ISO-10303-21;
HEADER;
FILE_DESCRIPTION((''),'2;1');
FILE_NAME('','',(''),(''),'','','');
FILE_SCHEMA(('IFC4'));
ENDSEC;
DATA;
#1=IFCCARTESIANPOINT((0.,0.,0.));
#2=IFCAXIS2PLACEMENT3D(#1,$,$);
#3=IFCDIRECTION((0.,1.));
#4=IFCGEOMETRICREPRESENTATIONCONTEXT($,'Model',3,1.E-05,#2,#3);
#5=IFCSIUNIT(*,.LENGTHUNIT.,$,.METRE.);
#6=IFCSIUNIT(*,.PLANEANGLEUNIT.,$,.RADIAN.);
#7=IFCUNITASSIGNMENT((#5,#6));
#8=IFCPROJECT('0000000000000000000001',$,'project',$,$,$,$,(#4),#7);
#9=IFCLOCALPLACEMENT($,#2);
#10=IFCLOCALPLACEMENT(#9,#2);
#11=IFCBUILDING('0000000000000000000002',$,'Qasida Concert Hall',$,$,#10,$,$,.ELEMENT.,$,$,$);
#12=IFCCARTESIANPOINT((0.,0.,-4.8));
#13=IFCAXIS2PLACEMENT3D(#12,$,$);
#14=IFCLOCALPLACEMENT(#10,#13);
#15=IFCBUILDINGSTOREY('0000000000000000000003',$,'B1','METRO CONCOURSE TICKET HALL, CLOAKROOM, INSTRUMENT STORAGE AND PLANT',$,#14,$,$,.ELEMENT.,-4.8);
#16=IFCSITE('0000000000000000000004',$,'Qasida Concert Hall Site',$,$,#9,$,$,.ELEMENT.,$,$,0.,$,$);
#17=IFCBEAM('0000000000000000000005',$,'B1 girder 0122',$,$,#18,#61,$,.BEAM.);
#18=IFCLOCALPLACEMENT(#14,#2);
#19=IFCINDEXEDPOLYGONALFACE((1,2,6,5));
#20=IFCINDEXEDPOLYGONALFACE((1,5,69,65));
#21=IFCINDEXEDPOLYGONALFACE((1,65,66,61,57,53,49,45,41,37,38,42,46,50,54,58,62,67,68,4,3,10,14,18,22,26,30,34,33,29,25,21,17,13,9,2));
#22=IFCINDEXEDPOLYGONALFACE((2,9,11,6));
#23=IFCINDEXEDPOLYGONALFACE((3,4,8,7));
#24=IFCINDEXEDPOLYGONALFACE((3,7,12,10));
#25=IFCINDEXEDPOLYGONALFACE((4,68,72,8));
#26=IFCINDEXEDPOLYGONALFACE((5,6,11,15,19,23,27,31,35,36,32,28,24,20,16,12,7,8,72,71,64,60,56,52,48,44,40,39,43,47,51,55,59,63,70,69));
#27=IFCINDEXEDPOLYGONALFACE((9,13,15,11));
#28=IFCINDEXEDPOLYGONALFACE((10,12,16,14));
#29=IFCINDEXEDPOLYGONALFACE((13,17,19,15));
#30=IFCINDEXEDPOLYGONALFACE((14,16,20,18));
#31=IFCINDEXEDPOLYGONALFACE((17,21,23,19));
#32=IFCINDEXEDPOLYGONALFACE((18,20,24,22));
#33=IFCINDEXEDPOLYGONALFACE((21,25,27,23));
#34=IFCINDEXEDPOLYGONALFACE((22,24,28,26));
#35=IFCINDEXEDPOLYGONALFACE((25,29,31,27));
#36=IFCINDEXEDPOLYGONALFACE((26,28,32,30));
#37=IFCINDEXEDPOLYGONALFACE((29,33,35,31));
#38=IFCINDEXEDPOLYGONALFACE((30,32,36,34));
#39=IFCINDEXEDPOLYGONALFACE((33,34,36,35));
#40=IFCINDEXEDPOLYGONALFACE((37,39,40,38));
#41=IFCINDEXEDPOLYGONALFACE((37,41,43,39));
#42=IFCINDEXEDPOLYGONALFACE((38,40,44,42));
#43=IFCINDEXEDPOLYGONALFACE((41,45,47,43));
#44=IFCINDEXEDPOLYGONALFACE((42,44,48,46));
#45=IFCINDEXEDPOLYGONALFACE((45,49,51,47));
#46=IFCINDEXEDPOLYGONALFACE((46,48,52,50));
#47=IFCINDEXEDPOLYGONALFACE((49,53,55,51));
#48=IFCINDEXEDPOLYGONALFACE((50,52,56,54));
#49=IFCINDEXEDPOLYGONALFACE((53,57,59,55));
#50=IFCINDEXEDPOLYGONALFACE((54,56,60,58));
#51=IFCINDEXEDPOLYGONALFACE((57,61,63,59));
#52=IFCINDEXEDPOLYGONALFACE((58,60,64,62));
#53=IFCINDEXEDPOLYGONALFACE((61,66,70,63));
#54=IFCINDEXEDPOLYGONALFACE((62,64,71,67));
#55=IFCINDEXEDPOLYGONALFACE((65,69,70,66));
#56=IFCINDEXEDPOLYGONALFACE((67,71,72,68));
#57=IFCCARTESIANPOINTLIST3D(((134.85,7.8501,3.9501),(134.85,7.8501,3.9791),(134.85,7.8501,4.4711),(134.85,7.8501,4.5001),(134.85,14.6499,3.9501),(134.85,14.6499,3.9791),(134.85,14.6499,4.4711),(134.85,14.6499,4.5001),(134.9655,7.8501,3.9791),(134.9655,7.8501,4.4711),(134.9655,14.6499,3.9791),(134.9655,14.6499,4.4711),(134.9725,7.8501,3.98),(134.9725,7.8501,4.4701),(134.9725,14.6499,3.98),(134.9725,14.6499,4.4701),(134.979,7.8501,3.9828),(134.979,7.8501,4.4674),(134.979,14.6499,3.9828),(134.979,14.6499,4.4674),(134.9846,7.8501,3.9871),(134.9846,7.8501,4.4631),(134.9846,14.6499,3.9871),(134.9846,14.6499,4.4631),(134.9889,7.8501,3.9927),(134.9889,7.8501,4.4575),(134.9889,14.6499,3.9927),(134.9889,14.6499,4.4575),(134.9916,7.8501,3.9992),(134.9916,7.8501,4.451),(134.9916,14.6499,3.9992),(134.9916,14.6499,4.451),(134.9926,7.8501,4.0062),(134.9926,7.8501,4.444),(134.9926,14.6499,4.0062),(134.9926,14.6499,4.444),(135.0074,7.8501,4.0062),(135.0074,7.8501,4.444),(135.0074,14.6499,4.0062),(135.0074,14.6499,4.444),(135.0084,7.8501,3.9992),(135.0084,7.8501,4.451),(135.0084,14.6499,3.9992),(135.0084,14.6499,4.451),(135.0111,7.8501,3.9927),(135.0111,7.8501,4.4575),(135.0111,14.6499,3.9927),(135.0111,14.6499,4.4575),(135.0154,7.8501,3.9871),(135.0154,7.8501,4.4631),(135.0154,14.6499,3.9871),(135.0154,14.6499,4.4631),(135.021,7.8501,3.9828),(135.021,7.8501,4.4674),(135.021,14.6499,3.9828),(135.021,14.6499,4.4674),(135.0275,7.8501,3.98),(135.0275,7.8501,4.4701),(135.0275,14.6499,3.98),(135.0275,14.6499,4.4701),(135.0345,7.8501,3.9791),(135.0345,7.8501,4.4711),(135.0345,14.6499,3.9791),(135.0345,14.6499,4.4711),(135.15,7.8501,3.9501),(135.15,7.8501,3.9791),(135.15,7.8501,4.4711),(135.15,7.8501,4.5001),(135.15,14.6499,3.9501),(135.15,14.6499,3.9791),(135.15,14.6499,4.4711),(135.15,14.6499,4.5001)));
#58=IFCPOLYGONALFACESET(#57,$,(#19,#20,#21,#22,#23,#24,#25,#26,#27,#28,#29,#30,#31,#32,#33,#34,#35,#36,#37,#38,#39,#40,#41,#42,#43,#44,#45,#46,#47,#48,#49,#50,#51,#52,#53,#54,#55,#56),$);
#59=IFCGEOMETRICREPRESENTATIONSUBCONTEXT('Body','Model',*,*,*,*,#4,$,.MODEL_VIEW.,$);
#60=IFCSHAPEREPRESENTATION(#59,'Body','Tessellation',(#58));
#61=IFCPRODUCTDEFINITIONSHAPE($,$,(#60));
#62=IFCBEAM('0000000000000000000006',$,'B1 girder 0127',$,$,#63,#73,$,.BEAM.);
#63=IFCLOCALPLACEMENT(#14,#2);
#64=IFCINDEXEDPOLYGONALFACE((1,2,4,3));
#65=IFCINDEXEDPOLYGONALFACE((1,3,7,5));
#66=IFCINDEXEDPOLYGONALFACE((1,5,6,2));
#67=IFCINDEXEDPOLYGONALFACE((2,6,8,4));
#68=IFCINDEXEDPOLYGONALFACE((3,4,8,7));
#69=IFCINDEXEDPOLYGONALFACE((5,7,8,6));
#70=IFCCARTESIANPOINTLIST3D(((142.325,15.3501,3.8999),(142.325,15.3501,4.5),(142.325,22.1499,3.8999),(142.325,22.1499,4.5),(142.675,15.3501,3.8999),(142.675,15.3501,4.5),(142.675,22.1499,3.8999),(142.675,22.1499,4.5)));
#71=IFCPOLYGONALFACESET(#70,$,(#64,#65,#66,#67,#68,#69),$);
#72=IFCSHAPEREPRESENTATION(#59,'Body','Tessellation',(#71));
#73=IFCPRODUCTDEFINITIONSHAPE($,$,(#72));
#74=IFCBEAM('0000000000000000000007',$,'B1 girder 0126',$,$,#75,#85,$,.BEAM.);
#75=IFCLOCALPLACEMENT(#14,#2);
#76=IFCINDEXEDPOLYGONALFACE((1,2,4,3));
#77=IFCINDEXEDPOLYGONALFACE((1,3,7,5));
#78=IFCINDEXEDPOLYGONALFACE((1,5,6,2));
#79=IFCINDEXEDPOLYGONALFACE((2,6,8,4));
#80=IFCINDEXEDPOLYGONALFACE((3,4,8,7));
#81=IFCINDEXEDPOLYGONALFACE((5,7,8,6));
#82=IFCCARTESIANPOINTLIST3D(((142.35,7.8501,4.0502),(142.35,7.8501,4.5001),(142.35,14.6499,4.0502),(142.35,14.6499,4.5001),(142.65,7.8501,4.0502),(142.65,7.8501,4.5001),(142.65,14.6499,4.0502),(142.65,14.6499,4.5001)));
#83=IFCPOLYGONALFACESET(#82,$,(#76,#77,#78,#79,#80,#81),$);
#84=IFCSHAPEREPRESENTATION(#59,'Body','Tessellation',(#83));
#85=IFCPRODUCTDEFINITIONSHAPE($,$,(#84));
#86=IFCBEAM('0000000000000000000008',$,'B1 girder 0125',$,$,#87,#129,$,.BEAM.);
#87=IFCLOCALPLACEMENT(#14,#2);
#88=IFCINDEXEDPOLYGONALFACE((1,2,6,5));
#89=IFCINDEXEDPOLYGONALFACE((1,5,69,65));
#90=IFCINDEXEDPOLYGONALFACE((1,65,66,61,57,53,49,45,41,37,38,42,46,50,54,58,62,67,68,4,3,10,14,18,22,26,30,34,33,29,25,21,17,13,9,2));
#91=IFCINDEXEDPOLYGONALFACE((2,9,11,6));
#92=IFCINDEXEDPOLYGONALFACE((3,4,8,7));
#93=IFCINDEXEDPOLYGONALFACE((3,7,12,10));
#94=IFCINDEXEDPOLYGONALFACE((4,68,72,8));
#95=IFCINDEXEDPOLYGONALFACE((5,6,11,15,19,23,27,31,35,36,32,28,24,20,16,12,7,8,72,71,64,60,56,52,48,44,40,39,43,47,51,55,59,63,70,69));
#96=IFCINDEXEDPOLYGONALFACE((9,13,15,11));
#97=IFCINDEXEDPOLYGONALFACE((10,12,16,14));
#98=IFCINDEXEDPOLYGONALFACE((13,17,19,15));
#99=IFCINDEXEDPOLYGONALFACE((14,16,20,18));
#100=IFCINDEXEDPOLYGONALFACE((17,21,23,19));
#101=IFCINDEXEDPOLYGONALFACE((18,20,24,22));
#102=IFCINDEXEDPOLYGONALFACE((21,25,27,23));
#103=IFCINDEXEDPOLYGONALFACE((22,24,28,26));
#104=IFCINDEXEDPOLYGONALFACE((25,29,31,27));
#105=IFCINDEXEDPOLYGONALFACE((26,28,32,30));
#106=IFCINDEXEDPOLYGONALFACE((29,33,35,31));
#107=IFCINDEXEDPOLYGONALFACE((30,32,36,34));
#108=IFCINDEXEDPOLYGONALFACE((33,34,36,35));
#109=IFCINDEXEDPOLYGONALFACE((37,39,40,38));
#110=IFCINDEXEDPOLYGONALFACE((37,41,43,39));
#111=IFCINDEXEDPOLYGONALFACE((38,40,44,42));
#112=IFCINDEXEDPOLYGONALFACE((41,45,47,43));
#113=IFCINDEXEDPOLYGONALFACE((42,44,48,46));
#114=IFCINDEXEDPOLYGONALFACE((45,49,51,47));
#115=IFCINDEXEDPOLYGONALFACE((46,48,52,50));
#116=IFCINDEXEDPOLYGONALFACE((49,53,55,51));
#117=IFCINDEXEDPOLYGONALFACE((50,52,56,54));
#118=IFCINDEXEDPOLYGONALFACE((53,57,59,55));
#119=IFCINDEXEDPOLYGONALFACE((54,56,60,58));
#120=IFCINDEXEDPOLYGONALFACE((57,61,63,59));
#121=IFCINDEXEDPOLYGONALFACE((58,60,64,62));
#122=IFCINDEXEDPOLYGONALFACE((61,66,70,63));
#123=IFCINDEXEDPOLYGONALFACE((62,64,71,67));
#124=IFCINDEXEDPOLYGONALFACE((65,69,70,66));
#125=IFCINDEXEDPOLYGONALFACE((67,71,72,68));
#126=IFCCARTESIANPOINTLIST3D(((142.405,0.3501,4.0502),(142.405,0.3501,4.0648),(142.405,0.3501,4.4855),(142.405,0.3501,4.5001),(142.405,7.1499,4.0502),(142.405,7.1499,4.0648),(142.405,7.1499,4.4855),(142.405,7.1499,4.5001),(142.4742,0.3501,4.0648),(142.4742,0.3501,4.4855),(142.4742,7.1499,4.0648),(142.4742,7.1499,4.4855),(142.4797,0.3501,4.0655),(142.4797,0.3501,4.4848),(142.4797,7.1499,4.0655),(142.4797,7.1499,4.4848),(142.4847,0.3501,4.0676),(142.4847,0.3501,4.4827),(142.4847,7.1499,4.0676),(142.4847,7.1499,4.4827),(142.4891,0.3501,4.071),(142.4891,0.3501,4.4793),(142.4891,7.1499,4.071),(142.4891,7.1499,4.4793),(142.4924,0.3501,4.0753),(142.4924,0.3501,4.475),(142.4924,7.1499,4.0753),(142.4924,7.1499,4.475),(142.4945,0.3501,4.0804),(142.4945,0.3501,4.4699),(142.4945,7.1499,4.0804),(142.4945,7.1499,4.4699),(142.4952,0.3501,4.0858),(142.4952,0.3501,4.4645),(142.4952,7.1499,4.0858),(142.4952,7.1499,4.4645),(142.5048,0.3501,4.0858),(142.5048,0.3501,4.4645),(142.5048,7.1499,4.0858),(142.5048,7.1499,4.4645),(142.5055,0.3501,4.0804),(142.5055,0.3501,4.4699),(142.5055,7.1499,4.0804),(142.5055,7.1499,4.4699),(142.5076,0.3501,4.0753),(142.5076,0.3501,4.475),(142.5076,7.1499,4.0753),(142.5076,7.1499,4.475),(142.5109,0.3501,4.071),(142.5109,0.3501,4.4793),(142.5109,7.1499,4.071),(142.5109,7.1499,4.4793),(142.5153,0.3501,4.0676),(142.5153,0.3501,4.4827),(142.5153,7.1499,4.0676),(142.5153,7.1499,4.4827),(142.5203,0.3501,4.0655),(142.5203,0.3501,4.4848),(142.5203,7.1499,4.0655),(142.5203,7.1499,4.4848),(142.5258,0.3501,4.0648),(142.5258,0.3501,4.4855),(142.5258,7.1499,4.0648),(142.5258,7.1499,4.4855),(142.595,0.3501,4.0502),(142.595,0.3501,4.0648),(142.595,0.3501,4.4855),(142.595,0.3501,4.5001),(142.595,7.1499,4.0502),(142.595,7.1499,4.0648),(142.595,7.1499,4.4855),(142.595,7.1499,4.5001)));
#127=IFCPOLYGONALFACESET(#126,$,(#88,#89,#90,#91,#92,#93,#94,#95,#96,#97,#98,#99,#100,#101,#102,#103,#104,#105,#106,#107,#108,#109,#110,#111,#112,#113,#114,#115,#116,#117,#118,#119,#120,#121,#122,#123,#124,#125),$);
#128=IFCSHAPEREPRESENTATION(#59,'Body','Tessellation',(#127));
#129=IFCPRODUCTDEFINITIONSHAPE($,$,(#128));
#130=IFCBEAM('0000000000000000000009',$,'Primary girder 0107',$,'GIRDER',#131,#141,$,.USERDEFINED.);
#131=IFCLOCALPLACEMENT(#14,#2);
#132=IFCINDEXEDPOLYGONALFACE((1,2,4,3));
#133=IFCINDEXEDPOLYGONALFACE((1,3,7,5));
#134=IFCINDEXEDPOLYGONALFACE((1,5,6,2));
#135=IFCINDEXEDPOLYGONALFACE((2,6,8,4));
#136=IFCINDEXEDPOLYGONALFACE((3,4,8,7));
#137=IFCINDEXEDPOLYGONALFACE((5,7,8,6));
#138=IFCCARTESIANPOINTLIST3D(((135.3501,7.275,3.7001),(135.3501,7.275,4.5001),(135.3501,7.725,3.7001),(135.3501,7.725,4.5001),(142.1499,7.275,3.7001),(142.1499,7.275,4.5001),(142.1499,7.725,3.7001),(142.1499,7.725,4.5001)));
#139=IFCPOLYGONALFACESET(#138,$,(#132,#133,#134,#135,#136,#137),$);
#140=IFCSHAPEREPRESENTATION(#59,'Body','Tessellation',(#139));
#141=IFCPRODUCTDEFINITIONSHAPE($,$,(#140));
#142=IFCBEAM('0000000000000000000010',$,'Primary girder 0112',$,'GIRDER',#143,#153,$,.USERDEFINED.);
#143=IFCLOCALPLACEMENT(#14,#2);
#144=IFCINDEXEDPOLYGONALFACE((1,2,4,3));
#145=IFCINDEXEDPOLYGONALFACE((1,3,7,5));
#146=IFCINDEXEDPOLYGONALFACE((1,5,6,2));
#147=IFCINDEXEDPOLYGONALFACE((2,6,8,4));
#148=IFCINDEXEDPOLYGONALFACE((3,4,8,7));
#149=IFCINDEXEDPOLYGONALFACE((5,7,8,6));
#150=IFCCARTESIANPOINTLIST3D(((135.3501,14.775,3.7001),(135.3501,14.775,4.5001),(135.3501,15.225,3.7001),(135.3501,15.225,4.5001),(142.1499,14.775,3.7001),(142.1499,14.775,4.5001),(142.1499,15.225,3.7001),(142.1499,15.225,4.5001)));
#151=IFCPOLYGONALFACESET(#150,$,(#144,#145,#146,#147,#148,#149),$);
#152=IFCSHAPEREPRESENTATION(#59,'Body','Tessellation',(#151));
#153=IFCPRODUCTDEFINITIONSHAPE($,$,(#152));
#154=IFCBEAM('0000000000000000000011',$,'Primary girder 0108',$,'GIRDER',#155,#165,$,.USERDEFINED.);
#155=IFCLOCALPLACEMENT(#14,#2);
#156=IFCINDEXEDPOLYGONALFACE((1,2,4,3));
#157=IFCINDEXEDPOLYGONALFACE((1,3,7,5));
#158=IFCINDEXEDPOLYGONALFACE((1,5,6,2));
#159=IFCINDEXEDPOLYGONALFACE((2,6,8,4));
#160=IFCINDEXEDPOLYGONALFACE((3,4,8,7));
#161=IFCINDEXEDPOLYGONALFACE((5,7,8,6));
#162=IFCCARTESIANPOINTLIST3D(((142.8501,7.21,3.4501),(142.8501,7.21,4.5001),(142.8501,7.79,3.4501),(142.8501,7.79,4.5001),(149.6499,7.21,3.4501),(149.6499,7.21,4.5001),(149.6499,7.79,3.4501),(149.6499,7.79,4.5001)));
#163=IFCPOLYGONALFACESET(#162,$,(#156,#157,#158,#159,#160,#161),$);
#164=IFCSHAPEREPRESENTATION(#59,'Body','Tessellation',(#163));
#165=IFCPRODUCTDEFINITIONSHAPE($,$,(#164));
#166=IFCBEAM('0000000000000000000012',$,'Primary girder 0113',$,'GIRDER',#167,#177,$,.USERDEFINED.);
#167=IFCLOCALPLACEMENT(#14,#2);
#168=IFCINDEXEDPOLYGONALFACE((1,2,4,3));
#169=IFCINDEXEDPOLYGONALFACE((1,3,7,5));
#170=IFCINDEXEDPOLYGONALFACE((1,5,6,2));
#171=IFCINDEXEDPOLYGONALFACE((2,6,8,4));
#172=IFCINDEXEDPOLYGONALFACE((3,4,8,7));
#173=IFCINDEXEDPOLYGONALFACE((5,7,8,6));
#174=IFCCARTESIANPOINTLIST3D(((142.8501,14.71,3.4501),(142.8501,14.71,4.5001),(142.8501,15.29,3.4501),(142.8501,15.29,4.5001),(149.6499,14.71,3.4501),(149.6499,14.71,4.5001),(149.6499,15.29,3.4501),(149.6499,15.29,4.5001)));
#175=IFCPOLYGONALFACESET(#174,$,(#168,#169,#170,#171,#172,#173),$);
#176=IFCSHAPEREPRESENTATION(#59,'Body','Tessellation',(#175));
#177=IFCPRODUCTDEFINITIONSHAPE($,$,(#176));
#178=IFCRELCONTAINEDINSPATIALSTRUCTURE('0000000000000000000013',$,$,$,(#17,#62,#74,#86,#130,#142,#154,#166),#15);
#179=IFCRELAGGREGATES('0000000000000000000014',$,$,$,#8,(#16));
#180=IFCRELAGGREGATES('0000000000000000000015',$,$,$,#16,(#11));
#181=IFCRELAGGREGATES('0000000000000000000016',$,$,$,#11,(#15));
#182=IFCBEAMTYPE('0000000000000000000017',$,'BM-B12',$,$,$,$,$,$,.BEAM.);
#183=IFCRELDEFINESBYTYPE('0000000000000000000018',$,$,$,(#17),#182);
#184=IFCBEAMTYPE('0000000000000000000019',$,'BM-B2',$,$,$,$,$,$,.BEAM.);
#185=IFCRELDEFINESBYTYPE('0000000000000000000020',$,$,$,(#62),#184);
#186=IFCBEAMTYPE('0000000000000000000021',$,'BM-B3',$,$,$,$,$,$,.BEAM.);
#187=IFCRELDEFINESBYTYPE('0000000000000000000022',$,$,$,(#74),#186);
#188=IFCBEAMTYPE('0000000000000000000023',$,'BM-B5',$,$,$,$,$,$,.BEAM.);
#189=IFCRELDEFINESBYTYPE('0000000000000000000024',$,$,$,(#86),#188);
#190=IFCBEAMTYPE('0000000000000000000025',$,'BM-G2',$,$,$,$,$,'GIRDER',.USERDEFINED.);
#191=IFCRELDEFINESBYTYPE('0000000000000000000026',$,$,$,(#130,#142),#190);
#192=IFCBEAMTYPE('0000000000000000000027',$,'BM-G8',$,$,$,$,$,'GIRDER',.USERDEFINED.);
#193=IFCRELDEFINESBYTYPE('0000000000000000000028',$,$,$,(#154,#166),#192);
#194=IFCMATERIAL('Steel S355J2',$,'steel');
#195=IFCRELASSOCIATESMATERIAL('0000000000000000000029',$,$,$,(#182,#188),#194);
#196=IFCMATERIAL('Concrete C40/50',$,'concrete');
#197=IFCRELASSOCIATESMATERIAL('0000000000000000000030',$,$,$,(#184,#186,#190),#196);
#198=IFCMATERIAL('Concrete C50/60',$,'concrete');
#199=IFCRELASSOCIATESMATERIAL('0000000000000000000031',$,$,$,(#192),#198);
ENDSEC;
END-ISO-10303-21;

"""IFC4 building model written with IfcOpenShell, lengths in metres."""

from ifc_helpers import new_model, si_unit, direction, frame, origin, origin_2d, place, context, subcontext, project, spatial, rectangle, i_section, extrude, material, material_profile, profile_set, type_object, element, save


model = new_model("IFC4")

# Units and contexts
model_context = context("Model", 3, precision=1e-05, world=origin(), true_north=direction((0.0, 1.0)))
body_context = subcontext(model_context, "Body", "Model", "MODEL_VIEW")
ifc_project = project(units=[si_unit("LENGTHUNIT", "METRE"), si_unit("PLANEANGLEUNIT", "RADIAN")], contexts=[model_context])

# Site, building, storey
site_placement = place(None, origin())
site = spatial("IfcSite", under=ifc_project, at=site_placement, Name="Qasida Concert Hall Site", CompositionType="ELEMENT", RefElevation=0.0)
building_placement = place(site_placement, origin())
building = spatial("IfcBuilding", under=site, at=building_placement, Name="Qasida Concert Hall", CompositionType="ELEMENT")
storey_placement = place(building_placement, frame((0.0, 0.0, -4.8)))
storey = spatial("IfcBuildingStorey", under=building, at=storey_placement, Name="B1", Description="METRO CONCOURSE TICKET HALL, CLOAKROOM, INSTRUMENT STORAGE AND PLANT", CompositionType="ELEMENT", Elevation=-4.8)

# Shared definitions
ifc_material_1 = material(Name="Concrete C40/50", Category="concrete")

# Shared definitions
ifc_material_2 = material(Name="Concrete C50/60", Category="concrete")

# Beams
ifc_material_3 = material(Name="Steel S355J2", Category="steel")
ifc_material_profile_1 = material_profile(ifc_material_3, i_section(OverallWidth=0.3, OverallDepth=0.55, WebThickness=0.0149, FlangeThickness=0.0291, FilletRadius=0.0271, at=origin_2d()), Name="HEB 550")
ifc_profile_set_1 = profile_set([ifc_material_profile_1], Name="Steel S355J2")
beam_type_1 = type_object("IfcBeamType", Name="BM-B12", PredefinedType="BEAM", material=ifc_profile_set_1)
beam_1_placement = place(storey_placement, frame((135.0, 7.8501, 4.2251), z_axis=(0.0, 1.0, 0.0), x_axis=(-1.0, 0.0, 0.0)))
element("IfcBeam", 1, at=beam_1_placement, inside=storey, type_object=beam_type_1, Name="B1 girder 0122", PredefinedType="BEAM", context=body_context, shape_type="SweptSolid", body=[
    extrude(i_section(OverallWidth=0.3, OverallDepth=0.55, WebThickness=0.0149, FlangeThickness=0.0291, FilletRadius=0.0271, at=origin_2d()), origin(), (0.0, 0.0, 1.0), 6.7998),
])
ifc_material_profile_2 = material_profile(ifc_material_1, rectangle(XDim=0.3501, YDim=0.6001, at=origin_2d()), Name="RC 350x600")
ifc_profile_set_2 = profile_set([ifc_material_profile_2], Name="Concrete C40/50")
beam_type_2 = type_object("IfcBeamType", Name="BM-B2", PredefinedType="BEAM", material=ifc_profile_set_2)
beam_2_placement = place(storey_placement, frame((142.5, 15.3501, 4.2), z_axis=(0.0, 1.0, 0.0), x_axis=(-1.0, 0.0, 0.0)))
element("IfcBeam", 2, at=beam_2_placement, inside=storey, type_object=beam_type_2, Name="B1 girder 0127", PredefinedType="BEAM", context=body_context, shape_type="SweptSolid", body=[
    extrude(rectangle(XDim=0.3501, YDim=0.6001, at=origin_2d()), origin(), (0.0, 0.0, 1.0), 6.7998),
])
ifc_material_profile_3 = material_profile(ifc_material_1, rectangle(XDim=0.3, YDim=0.45, at=origin_2d()), Name="RC 300x450")
ifc_profile_set_3 = profile_set([ifc_material_profile_3], Name="Concrete C40/50")
beam_type_3 = type_object("IfcBeamType", Name="BM-B3", PredefinedType="BEAM", material=ifc_profile_set_3)
beam_3_placement = place(storey_placement, frame((142.5, 7.8501, 4.2751), z_axis=(0.0, 1.0, 0.0), x_axis=(-1.0, 0.0, 0.0)))
element("IfcBeam", 3, at=beam_3_placement, inside=storey, type_object=beam_type_3, Name="B1 girder 0126", PredefinedType="BEAM", context=body_context, shape_type="SweptSolid", body=[
    extrude(rectangle(XDim=0.3, YDim=0.45, at=origin_2d()), origin(), (0.0, 0.0, 1.0), 6.7998),
])
ifc_material_profile_4 = material_profile(ifc_material_3, i_section(OverallWidth=0.1899, OverallDepth=0.45, WebThickness=0.0095, FlangeThickness=0.0146, FilletRadius=0.021, at=origin_2d()), Name="IPE 450")
ifc_profile_set_4 = profile_set([ifc_material_profile_4], Name="Steel S355J2")
beam_type_4 = type_object("IfcBeamType", Name="BM-B5", PredefinedType="BEAM", material=ifc_profile_set_4)
beam_4_placement = place(storey_placement, frame((142.5, 0.3501, 4.2751), z_axis=(0.0, 1.0, 0.0), x_axis=(-1.0, 0.0, 0.0)))
element("IfcBeam", 4, at=beam_4_placement, inside=storey, type_object=beam_type_4, Name="B1 girder 0125", PredefinedType="BEAM", context=body_context, shape_type="SweptSolid", body=[
    extrude(i_section(OverallWidth=0.1899, OverallDepth=0.45, WebThickness=0.0095, FlangeThickness=0.0146, FilletRadius=0.021, at=origin_2d()), origin(), (0.0, 0.0, 1.0), 6.7998),
])
ifc_material_profile_5 = material_profile(ifc_material_1, rectangle(XDim=0.45, YDim=0.8, at=origin_2d()), Name="RC 450x800")
ifc_profile_set_5 = profile_set([ifc_material_profile_5], Name="Concrete C40/50")
beam_type_5 = type_object("IfcBeamType", Name="BM-G2", ElementType="GIRDER", PredefinedType="USERDEFINED", material=ifc_profile_set_5)
for number, where, z_axis, x_axis, name in (
    (5, (135.3501, 7.5, 4.1001), (1.0, 0.0, 0.0), (0.0, 1.0, 0.0), "Primary girder 0107"),
    (6, (135.3501, 15.0, 4.1001), (1.0, 0.0, 0.0), (0.0, 1.0, 0.0), "Primary girder 0112"),
):
    element("IfcBeam", number, at=place(storey_placement, frame(where, z_axis=z_axis, x_axis=x_axis)), inside=storey, type_object=beam_type_5, Name=name, ObjectType="GIRDER", PredefinedType="USERDEFINED", context=body_context, shape_type="SweptSolid", body=[
        extrude(rectangle(XDim=0.45, YDim=0.8, at=origin_2d()), origin(), (0.0, 0.0, 1.0), 6.7998),
    ])
ifc_material_profile_6 = material_profile(ifc_material_2, rectangle(XDim=0.5801, YDim=1.05, at=origin_2d()), Name="RC 580x1050")
ifc_profile_set_6 = profile_set([ifc_material_profile_6], Name="Concrete C50/60")
beam_type_6 = type_object("IfcBeamType", Name="BM-G8", ElementType="GIRDER", PredefinedType="USERDEFINED", material=ifc_profile_set_6)
for number, where, z_axis, x_axis, name in (
    (7, (142.8501, 7.5, 3.9751), (1.0, 0.0, 0.0), (0.0, 1.0, 0.0), "Primary girder 0108"),
    (8, (142.8501, 15.0, 3.9751), (1.0, 0.0, 0.0), (0.0, 1.0, 0.0), "Primary girder 0113"),
):
    element("IfcBeam", number, at=place(storey_placement, frame(where, z_axis=z_axis, x_axis=x_axis)), inside=storey, type_object=beam_type_6, Name=name, ObjectType="GIRDER", PredefinedType="USERDEFINED", context=body_context, shape_type="SweptSolid", body=[
        extrude(rectangle(XDim=0.5801, YDim=1.05, at=origin_2d()), origin(), (0.0, 0.0, 1.0), 6.7998),
    ])

save(model, "model.ifc")
